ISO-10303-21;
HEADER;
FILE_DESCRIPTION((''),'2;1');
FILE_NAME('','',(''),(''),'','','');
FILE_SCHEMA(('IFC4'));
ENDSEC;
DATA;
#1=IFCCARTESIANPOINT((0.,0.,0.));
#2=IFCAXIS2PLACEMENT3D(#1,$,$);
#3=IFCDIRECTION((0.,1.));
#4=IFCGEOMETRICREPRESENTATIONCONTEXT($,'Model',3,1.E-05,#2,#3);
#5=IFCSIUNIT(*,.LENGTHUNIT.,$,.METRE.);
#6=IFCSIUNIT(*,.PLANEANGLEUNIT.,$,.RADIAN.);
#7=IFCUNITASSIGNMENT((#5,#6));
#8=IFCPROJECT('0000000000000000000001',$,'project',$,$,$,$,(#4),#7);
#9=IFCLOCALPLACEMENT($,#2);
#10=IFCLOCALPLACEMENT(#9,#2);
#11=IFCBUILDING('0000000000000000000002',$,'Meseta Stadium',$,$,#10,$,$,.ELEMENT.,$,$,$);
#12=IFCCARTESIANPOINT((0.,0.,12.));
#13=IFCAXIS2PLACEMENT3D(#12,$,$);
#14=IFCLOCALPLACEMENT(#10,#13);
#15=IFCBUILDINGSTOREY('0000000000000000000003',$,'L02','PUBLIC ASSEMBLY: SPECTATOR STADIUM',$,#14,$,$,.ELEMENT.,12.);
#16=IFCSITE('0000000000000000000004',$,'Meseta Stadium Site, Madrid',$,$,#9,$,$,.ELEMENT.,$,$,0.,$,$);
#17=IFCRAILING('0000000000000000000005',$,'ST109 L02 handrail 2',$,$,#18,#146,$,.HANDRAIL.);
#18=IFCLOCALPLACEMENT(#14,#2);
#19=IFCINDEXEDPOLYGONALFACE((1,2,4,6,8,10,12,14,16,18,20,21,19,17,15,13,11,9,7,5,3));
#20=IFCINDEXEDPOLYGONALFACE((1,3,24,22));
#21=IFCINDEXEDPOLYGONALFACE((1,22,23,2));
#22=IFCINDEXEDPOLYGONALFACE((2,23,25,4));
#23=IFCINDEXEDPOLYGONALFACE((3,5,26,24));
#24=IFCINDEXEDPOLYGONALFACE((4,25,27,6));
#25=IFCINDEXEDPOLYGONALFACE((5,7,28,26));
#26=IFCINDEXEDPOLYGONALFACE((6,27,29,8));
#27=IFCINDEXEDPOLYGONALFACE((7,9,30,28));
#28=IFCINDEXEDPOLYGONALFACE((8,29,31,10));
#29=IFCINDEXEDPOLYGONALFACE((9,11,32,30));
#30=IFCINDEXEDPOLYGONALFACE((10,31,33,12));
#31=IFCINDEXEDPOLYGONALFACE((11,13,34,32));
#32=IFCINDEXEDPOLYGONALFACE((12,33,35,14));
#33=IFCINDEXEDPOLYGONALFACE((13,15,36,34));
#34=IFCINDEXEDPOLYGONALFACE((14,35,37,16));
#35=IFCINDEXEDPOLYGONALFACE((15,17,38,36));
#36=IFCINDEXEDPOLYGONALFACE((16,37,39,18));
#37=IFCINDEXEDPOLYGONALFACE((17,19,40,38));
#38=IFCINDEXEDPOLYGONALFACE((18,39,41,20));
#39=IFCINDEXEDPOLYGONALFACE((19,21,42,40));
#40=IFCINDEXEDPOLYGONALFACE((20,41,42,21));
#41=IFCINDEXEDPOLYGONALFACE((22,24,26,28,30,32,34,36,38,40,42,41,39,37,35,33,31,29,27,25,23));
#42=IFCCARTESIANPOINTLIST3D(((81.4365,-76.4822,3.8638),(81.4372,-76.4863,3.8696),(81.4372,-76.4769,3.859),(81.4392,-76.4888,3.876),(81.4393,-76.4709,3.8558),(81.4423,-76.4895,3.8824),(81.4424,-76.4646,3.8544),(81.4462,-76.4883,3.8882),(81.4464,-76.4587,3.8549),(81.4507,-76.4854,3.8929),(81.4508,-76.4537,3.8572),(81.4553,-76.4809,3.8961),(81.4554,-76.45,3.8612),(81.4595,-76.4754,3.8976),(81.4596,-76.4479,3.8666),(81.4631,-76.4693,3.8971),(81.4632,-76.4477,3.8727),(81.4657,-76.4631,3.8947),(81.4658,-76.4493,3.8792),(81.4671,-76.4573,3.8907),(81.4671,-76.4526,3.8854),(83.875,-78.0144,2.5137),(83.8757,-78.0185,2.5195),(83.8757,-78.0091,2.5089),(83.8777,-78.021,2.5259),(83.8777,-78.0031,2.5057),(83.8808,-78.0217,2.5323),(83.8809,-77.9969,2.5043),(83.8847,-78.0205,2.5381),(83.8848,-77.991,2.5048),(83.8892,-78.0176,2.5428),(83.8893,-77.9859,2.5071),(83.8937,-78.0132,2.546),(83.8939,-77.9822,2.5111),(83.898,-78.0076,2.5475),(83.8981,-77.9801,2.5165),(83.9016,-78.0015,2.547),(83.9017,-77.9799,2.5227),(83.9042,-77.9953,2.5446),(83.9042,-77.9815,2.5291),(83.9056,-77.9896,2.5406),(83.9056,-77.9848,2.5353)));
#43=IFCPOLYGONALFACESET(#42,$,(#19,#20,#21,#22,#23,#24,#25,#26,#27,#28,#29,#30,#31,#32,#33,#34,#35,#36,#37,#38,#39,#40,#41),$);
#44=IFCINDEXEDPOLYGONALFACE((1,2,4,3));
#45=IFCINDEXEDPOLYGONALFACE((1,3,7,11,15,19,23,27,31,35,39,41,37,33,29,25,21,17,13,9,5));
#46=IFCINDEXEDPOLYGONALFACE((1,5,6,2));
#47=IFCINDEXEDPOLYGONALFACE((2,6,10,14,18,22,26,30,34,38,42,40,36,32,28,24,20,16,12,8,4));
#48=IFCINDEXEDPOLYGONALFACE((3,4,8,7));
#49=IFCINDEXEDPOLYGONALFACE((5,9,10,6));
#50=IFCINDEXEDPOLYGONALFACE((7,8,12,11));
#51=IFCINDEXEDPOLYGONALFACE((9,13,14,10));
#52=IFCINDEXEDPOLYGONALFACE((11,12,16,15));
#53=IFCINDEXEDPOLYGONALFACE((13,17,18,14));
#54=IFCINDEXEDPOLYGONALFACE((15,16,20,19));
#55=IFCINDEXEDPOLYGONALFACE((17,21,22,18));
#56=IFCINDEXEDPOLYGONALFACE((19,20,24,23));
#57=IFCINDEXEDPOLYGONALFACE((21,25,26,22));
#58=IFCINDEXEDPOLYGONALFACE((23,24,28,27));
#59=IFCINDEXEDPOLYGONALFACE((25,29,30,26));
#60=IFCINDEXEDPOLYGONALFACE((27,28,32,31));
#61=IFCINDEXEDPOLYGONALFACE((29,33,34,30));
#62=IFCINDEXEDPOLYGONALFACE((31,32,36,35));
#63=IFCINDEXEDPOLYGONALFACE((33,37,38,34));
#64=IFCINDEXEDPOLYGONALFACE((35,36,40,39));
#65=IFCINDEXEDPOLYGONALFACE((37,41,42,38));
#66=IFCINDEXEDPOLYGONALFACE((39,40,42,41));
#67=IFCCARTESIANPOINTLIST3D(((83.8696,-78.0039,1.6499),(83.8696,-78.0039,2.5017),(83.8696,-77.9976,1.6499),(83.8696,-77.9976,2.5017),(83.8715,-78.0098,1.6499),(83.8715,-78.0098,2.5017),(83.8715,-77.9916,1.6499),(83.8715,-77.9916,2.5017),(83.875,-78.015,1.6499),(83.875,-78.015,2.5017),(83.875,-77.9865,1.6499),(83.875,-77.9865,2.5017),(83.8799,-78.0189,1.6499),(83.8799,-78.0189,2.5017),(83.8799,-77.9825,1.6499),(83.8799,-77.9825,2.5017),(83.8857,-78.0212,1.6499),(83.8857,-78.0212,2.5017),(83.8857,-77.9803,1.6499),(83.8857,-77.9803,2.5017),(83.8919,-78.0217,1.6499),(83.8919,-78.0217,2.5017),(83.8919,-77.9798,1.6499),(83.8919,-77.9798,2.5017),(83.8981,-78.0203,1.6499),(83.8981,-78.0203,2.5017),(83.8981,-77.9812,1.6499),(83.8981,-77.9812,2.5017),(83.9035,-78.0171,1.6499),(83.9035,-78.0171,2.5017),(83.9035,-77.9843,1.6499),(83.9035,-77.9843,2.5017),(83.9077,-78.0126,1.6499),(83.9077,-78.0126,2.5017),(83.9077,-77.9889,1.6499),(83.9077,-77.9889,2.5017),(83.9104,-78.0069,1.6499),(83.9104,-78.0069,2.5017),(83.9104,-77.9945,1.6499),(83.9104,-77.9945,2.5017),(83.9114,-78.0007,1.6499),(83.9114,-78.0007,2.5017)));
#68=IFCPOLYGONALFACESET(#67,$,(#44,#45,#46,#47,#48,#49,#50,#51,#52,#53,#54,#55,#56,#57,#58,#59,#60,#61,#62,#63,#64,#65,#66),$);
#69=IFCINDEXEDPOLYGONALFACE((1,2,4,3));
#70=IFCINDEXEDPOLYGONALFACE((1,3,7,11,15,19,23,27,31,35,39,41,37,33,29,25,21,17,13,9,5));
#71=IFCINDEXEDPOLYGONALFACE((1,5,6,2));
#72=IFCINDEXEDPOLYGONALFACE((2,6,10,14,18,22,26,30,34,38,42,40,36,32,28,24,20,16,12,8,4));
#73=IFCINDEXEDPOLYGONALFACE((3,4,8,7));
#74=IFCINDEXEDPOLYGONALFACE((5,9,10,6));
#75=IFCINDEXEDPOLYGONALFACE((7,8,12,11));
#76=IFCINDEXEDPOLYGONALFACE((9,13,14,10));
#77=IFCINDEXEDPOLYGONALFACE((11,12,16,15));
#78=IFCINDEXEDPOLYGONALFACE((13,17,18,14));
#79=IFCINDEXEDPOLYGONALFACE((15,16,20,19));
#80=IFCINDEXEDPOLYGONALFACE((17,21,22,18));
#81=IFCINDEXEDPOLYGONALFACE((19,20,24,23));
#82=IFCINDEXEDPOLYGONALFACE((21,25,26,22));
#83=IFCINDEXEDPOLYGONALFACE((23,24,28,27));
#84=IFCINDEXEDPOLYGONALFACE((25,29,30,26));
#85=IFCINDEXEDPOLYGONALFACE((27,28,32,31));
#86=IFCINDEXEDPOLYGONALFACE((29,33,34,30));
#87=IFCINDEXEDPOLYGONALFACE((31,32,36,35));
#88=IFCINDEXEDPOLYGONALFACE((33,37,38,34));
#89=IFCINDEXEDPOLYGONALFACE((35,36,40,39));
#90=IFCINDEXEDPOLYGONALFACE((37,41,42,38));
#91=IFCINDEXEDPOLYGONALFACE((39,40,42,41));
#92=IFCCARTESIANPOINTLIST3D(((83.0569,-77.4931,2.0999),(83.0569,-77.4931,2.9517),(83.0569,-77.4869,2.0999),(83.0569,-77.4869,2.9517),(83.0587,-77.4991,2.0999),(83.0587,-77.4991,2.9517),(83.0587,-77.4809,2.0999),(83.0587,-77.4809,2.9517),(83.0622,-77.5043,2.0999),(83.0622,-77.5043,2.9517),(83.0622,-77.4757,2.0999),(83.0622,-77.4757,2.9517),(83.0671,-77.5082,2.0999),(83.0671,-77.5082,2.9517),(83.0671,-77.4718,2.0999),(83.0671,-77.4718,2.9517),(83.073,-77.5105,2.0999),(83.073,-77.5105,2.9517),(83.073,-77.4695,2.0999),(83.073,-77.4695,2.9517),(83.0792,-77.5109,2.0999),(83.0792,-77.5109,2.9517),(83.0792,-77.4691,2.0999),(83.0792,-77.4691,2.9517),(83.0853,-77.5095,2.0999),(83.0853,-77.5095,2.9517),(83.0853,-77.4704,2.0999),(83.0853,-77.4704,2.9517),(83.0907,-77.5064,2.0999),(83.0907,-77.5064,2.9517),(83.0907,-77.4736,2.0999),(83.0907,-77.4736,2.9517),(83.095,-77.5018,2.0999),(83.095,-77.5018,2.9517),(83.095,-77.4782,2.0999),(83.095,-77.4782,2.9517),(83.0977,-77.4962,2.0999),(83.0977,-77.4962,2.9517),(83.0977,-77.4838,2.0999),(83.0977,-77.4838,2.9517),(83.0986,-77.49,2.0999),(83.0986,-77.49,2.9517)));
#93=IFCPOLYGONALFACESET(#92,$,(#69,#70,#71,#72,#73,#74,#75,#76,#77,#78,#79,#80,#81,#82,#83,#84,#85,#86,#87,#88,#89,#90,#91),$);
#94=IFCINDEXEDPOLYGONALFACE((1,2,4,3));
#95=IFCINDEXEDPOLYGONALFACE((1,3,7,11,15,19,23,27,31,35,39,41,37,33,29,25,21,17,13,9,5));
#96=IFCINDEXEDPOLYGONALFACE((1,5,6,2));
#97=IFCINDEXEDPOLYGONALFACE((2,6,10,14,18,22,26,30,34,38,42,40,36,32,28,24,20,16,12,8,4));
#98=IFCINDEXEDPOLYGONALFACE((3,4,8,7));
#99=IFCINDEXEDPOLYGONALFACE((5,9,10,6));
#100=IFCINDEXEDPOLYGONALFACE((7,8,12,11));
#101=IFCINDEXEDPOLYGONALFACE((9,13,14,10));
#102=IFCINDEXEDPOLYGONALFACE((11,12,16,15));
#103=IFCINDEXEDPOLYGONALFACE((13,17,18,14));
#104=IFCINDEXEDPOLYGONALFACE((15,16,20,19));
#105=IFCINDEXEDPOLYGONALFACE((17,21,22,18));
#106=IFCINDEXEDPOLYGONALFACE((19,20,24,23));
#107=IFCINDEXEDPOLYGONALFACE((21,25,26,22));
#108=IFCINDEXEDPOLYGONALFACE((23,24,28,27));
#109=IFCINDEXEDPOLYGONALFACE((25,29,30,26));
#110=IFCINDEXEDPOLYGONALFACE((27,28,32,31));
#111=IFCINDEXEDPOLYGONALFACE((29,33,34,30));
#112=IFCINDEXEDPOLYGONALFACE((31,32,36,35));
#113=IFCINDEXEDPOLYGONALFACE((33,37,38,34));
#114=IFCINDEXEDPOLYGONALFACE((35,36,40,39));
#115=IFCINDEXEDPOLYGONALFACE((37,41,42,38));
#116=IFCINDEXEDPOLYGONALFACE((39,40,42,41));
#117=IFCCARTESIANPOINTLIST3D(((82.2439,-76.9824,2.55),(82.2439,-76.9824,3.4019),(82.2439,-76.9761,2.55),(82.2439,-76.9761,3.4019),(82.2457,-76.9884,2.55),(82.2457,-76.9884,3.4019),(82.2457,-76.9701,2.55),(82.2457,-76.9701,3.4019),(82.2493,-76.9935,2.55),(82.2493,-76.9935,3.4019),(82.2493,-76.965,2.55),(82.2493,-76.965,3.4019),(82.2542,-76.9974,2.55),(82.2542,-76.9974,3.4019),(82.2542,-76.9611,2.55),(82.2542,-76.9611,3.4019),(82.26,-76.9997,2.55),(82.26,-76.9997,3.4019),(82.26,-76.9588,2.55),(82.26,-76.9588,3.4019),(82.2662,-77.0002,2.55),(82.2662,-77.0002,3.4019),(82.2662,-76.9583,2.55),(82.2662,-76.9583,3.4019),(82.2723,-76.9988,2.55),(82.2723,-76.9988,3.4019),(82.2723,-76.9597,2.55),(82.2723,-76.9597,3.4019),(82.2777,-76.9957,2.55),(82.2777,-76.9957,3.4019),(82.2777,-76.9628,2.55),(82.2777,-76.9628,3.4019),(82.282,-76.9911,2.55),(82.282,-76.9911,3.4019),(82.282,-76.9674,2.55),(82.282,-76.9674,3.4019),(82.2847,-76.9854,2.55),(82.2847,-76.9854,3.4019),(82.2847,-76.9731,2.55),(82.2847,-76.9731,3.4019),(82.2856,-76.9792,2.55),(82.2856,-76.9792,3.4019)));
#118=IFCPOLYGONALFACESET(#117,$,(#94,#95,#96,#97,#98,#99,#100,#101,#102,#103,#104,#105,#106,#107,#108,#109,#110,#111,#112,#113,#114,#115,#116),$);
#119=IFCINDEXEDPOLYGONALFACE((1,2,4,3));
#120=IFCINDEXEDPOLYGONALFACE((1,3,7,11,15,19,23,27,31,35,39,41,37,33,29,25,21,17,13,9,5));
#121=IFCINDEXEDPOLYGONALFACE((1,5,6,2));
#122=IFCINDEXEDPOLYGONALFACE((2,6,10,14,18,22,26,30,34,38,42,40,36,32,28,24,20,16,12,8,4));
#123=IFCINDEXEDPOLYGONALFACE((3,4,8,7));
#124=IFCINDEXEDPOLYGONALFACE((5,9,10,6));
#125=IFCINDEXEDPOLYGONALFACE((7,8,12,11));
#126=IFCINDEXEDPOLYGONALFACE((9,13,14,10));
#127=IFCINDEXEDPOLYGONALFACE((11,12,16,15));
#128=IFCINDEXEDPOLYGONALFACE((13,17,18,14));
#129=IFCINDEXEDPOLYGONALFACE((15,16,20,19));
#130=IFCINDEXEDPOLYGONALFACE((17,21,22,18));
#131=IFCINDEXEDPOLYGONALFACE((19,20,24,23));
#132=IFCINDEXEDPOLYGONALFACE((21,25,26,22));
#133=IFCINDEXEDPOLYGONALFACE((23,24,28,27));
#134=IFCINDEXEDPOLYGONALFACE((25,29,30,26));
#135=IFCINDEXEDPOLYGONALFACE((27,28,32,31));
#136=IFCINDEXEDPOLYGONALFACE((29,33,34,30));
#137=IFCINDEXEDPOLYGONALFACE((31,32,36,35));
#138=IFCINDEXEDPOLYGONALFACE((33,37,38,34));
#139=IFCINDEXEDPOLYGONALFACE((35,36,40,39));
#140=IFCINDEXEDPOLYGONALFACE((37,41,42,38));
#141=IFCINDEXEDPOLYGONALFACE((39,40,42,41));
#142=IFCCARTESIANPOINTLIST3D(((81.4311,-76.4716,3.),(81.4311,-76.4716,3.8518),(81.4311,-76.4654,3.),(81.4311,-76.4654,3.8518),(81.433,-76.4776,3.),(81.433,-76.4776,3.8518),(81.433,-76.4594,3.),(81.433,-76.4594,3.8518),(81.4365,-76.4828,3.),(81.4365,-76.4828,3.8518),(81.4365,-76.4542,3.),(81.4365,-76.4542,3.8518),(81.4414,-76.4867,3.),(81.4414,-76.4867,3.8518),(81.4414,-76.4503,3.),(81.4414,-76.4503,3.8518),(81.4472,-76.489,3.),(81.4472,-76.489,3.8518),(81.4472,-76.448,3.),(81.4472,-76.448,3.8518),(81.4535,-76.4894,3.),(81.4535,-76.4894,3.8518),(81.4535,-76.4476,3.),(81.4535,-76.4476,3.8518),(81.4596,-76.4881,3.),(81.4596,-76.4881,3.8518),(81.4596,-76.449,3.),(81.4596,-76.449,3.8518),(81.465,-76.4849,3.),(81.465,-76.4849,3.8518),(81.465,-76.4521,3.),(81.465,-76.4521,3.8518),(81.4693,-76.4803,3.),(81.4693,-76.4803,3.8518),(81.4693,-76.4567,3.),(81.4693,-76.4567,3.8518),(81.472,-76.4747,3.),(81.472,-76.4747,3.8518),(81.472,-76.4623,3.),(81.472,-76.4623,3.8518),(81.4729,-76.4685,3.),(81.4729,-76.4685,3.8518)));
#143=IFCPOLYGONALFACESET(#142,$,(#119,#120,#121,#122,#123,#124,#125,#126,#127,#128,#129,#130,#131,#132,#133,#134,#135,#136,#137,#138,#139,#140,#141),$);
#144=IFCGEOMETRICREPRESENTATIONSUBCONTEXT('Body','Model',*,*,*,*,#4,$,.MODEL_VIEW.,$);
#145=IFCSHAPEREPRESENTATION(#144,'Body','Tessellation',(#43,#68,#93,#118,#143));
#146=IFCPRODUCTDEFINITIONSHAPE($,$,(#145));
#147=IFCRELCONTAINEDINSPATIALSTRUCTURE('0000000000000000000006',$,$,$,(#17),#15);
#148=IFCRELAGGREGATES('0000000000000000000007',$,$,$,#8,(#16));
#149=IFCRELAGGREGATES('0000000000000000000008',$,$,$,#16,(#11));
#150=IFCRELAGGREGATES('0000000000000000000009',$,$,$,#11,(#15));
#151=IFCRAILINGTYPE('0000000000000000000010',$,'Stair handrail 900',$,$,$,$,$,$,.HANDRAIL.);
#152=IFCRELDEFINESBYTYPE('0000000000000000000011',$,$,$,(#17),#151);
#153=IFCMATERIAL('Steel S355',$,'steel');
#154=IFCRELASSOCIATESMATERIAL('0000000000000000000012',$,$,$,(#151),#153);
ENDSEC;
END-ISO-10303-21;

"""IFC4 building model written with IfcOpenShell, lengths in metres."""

from ifc_helpers import new_model, si_unit, direction, frame, origin, origin_2d, place, context, subcontext, project, spatial, circle, extrude, material, type_object, element, save


model = new_model("IFC4")

# Units and contexts
model_context = context("Model", 3, precision=1e-05, world=origin(), true_north=direction((0.0, 1.0)))
body_context = subcontext(model_context, "Body", "Model", "MODEL_VIEW")
ifc_project = project(units=[si_unit("LENGTHUNIT", "METRE"), si_unit("PLANEANGLEUNIT", "RADIAN")], contexts=[model_context])

# Site, building, storey
site_placement = place(None, origin())
site = spatial("IfcSite", under=ifc_project, at=site_placement, Name="Meseta Stadium Site, Madrid", CompositionType="ELEMENT", RefElevation=0.0)
building_placement = place(site_placement, origin())
building = spatial("IfcBuilding", under=site, at=building_placement, Name="Meseta Stadium", CompositionType="ELEMENT")
storey_placement = place(building_placement, frame((0.0, 0.0, 12.0)))
storey = spatial("IfcBuildingStorey", under=building, at=storey_placement, Name="L02", Description="PUBLIC ASSEMBLY: SPECTATOR STADIUM", CompositionType="ELEMENT", Elevation=12.0)

# Railing
ifc_material_1 = material(Name="Steel S355", Category="steel")
railing_type_1 = type_object("IfcRailingType", Name="Stair handrail 900", PredefinedType="HANDRAIL", material=ifc_material_1)
for number, where, name in (
    (1, (83.8904, -78.0007, 1.6499), "ST109 L02 handrail 2"),
):
    element("IfcRailing", number, at=place(storey_placement, frame(where)), inside=storey, type_object=railing_type_1, Name=name, PredefinedType="HANDRAIL", context=body_context, shape_type="SweptSolid", body=[
        extrude(circle(Radius=0.0239, at=origin_2d()), frame((0.0, 0.0, 0.876), z_axis=(-0.766655, 0.481731, 0.42447), x_axis=(-0.53204, -0.846719, 0.0)), (0.0, 0.0, 1.0), 3.1807),
        extrude(circle(Radius=0.021, at=origin_2d()), origin(), (0.0, 0.0, 1.0), 0.8518),
        extrude(circle(Radius=0.021, at=origin_2d()), frame((-0.8127, 0.5107, 0.45)), (0.0, 0.0, 1.0), 0.8518),
        extrude(circle(Radius=0.021, at=origin_2d()), frame((-1.6257, 1.0215, 0.9001)), (0.0, 0.0, 1.0), 0.8518),
        extrude(circle(Radius=0.021, at=origin_2d()), frame((-2.4385, 1.5322, 1.3501)), (0.0, 0.0, 1.0), 0.8518),
    ])

save(model, "model.ifc")
